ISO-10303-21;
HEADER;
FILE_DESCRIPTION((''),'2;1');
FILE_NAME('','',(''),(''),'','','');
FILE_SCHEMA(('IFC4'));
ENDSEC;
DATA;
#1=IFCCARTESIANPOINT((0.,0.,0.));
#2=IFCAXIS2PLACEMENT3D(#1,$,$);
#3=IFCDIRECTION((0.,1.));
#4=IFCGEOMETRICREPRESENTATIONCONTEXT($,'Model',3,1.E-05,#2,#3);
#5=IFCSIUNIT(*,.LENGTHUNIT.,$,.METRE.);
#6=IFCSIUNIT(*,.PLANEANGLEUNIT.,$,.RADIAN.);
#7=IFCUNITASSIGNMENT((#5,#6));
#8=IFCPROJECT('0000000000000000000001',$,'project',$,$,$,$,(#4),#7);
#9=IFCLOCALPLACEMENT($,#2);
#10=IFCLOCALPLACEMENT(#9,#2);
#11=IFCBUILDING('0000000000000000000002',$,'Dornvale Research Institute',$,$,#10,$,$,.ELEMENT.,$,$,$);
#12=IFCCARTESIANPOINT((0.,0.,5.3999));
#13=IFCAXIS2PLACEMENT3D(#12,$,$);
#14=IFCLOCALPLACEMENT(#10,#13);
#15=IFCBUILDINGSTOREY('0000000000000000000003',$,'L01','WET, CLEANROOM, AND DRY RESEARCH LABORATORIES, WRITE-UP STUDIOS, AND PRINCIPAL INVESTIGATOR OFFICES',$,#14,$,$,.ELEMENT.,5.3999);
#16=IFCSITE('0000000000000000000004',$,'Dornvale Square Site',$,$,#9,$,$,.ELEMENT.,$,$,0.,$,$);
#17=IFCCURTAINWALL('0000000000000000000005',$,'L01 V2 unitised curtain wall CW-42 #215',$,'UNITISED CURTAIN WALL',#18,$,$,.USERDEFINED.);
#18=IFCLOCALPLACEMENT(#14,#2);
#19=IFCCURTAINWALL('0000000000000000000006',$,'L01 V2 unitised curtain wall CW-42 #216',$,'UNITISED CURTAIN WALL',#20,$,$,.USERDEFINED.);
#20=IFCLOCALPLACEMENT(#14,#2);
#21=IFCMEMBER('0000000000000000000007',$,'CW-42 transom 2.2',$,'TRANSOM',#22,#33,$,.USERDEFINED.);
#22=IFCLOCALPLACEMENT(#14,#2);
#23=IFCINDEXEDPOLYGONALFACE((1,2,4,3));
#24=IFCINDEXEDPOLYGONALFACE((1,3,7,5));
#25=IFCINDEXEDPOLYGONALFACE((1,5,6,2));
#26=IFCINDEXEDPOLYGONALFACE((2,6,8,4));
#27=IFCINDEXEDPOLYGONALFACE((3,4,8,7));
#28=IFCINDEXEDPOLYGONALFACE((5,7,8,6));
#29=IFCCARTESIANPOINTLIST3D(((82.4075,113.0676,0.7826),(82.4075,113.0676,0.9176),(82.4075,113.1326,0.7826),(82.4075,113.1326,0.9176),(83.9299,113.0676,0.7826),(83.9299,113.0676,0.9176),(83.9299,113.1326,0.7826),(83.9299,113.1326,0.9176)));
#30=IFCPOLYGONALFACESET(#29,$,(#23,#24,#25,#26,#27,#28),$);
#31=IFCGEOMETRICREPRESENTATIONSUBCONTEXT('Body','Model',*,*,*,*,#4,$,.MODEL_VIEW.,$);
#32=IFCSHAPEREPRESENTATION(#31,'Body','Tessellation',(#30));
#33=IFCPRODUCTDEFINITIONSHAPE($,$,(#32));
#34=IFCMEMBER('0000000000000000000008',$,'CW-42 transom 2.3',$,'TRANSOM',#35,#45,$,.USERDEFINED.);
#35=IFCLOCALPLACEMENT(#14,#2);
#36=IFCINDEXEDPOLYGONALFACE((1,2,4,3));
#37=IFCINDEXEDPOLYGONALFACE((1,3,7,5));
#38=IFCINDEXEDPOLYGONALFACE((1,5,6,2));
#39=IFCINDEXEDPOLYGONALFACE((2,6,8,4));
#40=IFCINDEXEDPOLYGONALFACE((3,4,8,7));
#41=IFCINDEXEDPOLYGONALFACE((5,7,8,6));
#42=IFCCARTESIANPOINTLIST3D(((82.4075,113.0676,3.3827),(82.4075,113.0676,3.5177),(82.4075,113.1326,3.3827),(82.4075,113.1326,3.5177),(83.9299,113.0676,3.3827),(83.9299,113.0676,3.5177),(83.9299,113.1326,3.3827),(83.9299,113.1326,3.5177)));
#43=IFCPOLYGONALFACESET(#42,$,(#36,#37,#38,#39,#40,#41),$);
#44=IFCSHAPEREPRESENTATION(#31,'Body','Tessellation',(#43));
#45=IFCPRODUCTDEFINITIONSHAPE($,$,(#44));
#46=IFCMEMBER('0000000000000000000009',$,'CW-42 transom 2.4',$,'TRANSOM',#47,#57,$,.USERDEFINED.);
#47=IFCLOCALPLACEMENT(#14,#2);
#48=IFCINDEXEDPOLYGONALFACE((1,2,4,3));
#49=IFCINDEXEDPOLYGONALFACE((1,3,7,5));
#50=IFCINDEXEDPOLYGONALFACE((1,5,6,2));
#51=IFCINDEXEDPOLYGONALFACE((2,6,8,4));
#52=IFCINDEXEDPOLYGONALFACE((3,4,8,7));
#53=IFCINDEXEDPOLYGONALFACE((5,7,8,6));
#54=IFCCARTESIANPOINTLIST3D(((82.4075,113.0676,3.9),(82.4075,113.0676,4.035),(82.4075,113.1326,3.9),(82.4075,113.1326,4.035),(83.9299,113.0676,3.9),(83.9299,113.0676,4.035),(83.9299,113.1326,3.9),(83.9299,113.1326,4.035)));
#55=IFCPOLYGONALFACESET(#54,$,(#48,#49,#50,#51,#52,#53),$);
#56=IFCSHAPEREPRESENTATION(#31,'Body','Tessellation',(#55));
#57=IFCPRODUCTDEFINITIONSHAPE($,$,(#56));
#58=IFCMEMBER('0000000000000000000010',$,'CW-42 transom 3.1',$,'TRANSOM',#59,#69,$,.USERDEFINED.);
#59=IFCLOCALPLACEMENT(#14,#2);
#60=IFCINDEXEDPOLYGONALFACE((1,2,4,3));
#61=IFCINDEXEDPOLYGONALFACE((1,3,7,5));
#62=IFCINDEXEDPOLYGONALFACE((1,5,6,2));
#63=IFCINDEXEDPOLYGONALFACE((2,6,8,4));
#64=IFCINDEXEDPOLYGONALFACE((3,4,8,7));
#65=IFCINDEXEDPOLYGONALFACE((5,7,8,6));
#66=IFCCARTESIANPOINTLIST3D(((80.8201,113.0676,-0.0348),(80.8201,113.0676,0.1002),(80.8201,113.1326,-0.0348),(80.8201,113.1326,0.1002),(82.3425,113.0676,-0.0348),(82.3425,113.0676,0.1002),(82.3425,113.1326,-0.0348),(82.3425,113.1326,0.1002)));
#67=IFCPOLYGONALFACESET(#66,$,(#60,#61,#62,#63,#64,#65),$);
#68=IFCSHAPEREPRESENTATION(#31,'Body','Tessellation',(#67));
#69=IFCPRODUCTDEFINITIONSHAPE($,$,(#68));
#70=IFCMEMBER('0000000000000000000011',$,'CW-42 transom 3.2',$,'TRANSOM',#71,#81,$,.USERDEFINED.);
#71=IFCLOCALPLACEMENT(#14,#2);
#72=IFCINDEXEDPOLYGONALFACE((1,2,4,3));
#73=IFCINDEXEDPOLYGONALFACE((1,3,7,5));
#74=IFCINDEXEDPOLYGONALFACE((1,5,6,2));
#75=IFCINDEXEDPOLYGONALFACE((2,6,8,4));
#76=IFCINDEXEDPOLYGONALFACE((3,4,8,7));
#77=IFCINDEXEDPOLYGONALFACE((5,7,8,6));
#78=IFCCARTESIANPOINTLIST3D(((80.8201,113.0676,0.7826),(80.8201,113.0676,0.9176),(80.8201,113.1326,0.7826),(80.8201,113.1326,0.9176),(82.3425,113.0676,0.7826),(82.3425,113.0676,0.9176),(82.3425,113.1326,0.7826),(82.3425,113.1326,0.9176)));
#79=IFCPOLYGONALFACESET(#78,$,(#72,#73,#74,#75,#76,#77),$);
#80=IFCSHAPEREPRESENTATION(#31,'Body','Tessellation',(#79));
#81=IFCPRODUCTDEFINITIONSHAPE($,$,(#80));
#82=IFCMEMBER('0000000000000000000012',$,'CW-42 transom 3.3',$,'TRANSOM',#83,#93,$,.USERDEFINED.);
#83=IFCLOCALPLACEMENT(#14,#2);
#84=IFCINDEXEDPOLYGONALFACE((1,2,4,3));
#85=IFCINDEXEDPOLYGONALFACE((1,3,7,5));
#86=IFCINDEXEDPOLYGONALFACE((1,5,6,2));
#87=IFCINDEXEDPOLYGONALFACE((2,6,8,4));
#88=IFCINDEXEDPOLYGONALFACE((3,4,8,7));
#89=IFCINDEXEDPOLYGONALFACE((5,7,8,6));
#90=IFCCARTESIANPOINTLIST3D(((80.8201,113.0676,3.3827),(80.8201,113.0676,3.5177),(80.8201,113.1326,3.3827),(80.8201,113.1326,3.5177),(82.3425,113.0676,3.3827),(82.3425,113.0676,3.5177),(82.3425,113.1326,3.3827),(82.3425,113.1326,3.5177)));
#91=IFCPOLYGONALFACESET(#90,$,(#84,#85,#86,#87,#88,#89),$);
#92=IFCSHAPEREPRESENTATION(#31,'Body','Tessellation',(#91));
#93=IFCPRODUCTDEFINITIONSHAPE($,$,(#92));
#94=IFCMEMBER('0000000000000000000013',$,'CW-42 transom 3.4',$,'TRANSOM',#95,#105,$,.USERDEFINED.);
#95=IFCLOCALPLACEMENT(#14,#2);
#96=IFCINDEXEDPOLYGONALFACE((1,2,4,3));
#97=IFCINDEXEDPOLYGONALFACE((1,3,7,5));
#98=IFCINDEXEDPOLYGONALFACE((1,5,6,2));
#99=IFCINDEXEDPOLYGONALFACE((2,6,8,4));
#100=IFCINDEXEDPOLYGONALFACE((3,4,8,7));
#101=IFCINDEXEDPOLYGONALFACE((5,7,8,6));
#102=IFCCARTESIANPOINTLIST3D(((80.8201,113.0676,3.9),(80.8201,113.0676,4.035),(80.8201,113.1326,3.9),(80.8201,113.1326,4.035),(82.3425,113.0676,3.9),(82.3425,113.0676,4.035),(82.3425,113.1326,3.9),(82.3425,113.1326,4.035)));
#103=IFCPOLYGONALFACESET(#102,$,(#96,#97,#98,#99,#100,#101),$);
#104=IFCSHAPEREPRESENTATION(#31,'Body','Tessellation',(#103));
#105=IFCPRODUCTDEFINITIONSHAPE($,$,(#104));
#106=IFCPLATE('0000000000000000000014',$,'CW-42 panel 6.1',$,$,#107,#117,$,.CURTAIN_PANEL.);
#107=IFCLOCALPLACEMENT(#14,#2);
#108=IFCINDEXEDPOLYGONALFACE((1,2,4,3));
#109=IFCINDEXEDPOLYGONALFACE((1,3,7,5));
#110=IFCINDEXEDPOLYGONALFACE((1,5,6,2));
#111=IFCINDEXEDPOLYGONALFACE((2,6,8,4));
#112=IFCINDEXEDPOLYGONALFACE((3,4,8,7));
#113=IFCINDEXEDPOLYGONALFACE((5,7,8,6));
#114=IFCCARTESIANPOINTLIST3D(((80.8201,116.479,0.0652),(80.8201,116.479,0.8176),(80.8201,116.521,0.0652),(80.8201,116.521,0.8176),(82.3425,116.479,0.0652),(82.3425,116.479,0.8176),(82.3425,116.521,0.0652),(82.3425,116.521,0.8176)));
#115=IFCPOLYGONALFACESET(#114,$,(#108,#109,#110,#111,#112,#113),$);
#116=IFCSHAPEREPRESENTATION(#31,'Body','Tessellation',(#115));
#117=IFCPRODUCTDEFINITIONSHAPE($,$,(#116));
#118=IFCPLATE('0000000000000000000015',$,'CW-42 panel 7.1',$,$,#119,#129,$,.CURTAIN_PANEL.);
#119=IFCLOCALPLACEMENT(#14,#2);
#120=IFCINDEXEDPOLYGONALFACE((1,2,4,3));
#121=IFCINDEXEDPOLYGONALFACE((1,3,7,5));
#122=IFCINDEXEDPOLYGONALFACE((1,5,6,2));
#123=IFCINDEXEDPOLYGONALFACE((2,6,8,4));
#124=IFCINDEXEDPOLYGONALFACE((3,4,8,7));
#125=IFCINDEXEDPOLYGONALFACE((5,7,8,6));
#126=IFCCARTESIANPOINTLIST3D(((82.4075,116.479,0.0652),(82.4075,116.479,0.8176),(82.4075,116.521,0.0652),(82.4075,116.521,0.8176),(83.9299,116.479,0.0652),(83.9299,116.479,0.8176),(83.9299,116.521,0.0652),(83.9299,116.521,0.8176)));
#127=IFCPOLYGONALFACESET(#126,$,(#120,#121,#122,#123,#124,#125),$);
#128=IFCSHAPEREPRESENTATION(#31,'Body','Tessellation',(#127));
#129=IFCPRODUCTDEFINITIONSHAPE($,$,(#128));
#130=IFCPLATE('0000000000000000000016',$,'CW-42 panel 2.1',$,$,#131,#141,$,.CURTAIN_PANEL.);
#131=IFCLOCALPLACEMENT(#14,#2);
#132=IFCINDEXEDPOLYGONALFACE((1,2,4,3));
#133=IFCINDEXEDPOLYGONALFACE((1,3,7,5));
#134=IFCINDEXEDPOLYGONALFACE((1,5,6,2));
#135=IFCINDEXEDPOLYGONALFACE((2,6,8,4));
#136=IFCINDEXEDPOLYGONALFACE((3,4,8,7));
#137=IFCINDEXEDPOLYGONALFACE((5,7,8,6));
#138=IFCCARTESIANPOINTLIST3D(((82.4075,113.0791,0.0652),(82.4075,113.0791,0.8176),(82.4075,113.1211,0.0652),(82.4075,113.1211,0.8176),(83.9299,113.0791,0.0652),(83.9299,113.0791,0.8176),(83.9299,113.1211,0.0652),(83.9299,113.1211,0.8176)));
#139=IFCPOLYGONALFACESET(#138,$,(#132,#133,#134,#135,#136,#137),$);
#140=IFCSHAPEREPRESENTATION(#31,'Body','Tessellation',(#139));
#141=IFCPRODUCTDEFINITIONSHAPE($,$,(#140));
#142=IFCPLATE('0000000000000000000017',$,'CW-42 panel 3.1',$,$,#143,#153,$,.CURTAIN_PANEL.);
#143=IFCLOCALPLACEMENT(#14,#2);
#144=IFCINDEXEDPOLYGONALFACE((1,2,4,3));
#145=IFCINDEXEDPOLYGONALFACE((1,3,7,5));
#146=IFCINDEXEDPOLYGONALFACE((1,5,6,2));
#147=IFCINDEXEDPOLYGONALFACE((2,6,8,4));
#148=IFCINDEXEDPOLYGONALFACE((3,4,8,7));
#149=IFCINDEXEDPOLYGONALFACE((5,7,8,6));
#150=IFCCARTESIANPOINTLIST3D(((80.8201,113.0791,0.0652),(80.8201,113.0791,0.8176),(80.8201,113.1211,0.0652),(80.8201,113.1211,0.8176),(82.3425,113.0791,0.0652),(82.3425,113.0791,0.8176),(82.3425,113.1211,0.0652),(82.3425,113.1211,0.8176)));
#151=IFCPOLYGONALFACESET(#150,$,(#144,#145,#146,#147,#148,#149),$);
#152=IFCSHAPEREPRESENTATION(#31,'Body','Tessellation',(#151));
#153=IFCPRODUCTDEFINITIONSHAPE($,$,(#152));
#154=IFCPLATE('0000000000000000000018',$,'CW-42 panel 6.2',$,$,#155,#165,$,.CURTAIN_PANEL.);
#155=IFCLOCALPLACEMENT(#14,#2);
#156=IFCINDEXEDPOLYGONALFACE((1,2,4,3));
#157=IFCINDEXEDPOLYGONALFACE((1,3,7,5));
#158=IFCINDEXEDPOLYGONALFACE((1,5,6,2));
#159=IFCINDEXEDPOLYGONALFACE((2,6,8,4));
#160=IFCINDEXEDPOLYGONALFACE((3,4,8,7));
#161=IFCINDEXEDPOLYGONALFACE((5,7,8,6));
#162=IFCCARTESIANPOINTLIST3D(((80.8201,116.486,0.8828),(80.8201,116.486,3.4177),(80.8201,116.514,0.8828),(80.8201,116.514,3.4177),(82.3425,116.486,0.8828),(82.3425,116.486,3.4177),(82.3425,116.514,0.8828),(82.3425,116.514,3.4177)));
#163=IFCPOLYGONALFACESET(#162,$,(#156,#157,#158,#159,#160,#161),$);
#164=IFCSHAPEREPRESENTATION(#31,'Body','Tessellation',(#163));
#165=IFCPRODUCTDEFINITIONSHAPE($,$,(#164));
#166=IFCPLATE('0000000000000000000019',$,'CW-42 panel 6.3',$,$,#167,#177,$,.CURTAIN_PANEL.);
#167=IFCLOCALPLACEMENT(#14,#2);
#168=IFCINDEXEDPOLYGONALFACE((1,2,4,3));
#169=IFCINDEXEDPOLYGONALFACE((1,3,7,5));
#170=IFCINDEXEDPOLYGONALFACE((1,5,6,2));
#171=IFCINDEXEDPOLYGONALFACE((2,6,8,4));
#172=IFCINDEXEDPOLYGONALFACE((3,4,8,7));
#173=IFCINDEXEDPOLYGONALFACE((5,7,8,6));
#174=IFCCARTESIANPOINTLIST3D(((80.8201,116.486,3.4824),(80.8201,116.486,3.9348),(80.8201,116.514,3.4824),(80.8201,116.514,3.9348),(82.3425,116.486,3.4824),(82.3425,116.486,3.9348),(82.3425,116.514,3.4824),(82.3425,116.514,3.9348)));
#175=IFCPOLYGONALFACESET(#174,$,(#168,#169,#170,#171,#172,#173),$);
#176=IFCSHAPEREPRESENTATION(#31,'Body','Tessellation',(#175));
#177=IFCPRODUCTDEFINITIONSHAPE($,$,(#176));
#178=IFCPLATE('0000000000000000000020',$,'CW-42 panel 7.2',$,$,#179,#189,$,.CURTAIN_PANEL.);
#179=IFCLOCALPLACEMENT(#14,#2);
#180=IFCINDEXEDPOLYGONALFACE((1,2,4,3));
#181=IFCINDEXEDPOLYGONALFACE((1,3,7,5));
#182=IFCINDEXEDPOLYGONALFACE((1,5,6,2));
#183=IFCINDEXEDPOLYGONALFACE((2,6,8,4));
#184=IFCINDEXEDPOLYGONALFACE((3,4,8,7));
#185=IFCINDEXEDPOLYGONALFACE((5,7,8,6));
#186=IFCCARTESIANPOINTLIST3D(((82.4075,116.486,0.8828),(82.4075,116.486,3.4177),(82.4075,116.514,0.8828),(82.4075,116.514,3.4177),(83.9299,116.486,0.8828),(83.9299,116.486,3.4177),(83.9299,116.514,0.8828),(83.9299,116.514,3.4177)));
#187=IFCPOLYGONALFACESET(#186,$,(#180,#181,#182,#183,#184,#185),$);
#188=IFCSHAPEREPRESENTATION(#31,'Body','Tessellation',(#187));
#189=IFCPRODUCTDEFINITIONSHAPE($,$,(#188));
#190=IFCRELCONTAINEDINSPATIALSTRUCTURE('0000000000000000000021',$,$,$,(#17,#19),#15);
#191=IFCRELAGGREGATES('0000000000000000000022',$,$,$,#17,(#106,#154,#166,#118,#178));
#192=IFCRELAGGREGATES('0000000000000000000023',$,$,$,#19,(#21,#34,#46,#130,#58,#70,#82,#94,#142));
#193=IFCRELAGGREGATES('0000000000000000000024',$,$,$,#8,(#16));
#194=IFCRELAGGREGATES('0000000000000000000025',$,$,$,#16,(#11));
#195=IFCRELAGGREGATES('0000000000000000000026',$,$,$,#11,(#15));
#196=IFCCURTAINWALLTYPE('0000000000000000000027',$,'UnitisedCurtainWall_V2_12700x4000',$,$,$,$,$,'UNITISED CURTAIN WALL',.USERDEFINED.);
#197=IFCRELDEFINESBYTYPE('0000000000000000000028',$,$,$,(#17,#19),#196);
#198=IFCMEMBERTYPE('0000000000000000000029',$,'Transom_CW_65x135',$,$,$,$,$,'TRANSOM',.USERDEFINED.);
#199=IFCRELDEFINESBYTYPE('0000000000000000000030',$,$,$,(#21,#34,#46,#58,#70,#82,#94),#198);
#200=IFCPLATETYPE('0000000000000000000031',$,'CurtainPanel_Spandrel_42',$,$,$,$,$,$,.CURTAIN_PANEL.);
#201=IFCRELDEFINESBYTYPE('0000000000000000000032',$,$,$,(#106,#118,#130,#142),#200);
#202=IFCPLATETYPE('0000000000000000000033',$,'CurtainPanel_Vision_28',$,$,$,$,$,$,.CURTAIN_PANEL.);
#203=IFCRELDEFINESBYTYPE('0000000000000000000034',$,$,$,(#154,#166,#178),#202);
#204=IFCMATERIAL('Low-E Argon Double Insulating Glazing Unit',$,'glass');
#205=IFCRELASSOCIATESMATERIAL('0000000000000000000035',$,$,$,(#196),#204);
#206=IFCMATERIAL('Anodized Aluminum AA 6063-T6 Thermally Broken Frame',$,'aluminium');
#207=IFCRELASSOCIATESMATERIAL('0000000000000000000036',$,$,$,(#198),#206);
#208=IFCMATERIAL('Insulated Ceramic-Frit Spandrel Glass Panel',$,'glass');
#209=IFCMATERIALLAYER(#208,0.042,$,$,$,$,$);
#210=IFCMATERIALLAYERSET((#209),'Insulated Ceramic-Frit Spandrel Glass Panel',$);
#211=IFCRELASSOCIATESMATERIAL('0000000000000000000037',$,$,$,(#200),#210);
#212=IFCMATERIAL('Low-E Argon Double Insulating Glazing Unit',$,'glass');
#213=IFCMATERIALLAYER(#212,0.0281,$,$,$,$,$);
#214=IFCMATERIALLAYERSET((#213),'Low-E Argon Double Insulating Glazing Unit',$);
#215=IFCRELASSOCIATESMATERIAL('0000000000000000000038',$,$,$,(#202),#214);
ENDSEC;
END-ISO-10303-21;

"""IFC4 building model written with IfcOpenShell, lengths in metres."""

from ifc_helpers import new_model, si_unit, direction, frame, origin, origin_2d, place, context, subcontext, project, spatial, rectangle, extrude, material, layer, layer_set, material_profile, profile_set, type_object, element, aggregate, save


model = new_model("IFC4")

# Units and contexts
model_context = context("Model", 3, precision=1e-05, world=origin(), true_north=direction((0.0, 1.0)))
body_context = subcontext(model_context, "Body", "Model", "MODEL_VIEW")
ifc_project = project(units=[si_unit("LENGTHUNIT", "METRE"), si_unit("PLANEANGLEUNIT", "RADIAN")], contexts=[model_context])

# Site, building, storey
site_placement = place(None, origin())
site = spatial("IfcSite", under=ifc_project, at=site_placement, Name="Dornvale Square Site", CompositionType="ELEMENT", RefElevation=0.0)
building_placement = place(site_placement, origin())
building = spatial("IfcBuilding", under=site, at=building_placement, Name="Dornvale Research Institute", CompositionType="ELEMENT")
storey_placement = place(building_placement, frame((0.0, 0.0, 5.3999)))
storey = spatial("IfcBuildingStorey", under=building, at=storey_placement, Name="L01", Description="WET, CLEANROOM, AND DRY RESEARCH LABORATORIES, WRITE-UP STUDIOS, AND PRINCIPAL INVESTIGATOR OFFICES", CompositionType="ELEMENT", Elevation=5.3999)

# Curtain walls
ifc_material_1 = material(Name="Low-E Argon Double Insulating Glazing Unit", Category="glass")
curtain_wall_type = type_object("IfcCurtainWallType", Name="UnitisedCurtainWall_V2_12700x4000", ElementType="UNITISED CURTAIN WALL", PredefinedType="USERDEFINED", material=ifc_material_1)
curtain_wall_1_placement = place(storey_placement, origin())
curtain_wall_1 = element("IfcCurtainWall", 1, at=curtain_wall_1_placement, inside=storey, type_object=curtain_wall_type, Name="L01 V2 unitised curtain wall CW-42 #215", ObjectType="UNITISED CURTAIN WALL", PredefinedType="USERDEFINED")
curtain_wall_2_placement = place(storey_placement, origin())
curtain_wall_2 = element("IfcCurtainWall", 2, at=curtain_wall_2_placement, inside=storey, type_object=curtain_wall_type, Name="L01 V2 unitised curtain wall CW-42 #216", ObjectType="UNITISED CURTAIN WALL", PredefinedType="USERDEFINED")

# Members
ifc_material_2 = material(Name="Anodized Aluminum AA 6063-T6 Thermally Broken Frame", Category="aluminium")
ifc_material_profile_1 = material_profile(ifc_material_2, rectangle(XDim=0.0649, YDim=0.135, at=origin_2d()), Name="ALU TRANSOM 65x135")
ifc_profile_set_1 = profile_set([ifc_material_profile_1], Name="Anodized Aluminum AA 6063-T6 Thermally Broken Frame")
member_type_1 = type_object("IfcMemberType", Name="Transom_CW_65x135", ElementType="TRANSOM", PredefinedType="USERDEFINED", material=ifc_profile_set_1)
member_1_placement = place(storey_placement, frame((83.9299, 113.1001, 0.8501), z_axis=(-1.0, 0.0, 0.0), x_axis=(0.0, -1.0, 0.0)))
member_1 = element("IfcMember", 3, at=member_1_placement, type_object=member_type_1, Name="CW-42 transom 2.2", ObjectType="TRANSOM", PredefinedType="USERDEFINED", context=body_context, shape_type="SweptSolid", body=[
    extrude(rectangle(XDim=0.0649, YDim=0.135, at=origin_2d()), origin(), (0.0, 0.0, 1.0), 1.5225),
])
member_2_placement = place(storey_placement, frame((83.9299, 113.1001, 3.4502), z_axis=(-1.0, 0.0, 0.0), x_axis=(0.0, -1.0, 0.0)))
member_2 = element("IfcMember", 4, at=member_2_placement, type_object=member_type_1, Name="CW-42 transom 2.3", ObjectType="TRANSOM", PredefinedType="USERDEFINED", context=body_context, shape_type="SweptSolid", body=[
    extrude(rectangle(XDim=0.0649, YDim=0.135, at=origin_2d()), origin(), (0.0, 0.0, 1.0), 1.5225),
])
member_3_placement = place(storey_placement, frame((83.9299, 113.1001, 3.9675), z_axis=(-1.0, 0.0, 0.0), x_axis=(0.0, -1.0, 0.0)))
member_3 = element("IfcMember", 5, at=member_3_placement, type_object=member_type_1, Name="CW-42 transom 2.4", ObjectType="TRANSOM", PredefinedType="USERDEFINED", context=body_context, shape_type="SweptSolid", body=[
    extrude(rectangle(XDim=0.0649, YDim=0.135, at=origin_2d()), origin(), (0.0, 0.0, 1.0), 1.5225),
])
member_4_placement = place(storey_placement, frame((82.3425, 113.1001, 0.0327), z_axis=(-1.0, 0.0, 0.0), x_axis=(0.0, -1.0, 0.0)))
member_4 = element("IfcMember", 6, at=member_4_placement, type_object=member_type_1, Name="CW-42 transom 3.1", ObjectType="TRANSOM", PredefinedType="USERDEFINED", context=body_context, shape_type="SweptSolid", body=[
    extrude(rectangle(XDim=0.0649, YDim=0.135, at=origin_2d()), origin(), (0.0, 0.0, 1.0), 1.5225),
])
member_5_placement = place(storey_placement, frame((82.3425, 113.1001, 0.8501), z_axis=(-1.0, 0.0, 0.0), x_axis=(0.0, -1.0, 0.0)))
member_5 = element("IfcMember", 7, at=member_5_placement, type_object=member_type_1, Name="CW-42 transom 3.2", ObjectType="TRANSOM", PredefinedType="USERDEFINED", context=body_context, shape_type="SweptSolid", body=[
    extrude(rectangle(XDim=0.0649, YDim=0.135, at=origin_2d()), origin(), (0.0, 0.0, 1.0), 1.5225),
])
member_6_placement = place(storey_placement, frame((82.3425, 113.1001, 3.4502), z_axis=(-1.0, 0.0, 0.0), x_axis=(0.0, -1.0, 0.0)))
member_6 = element("IfcMember", 8, at=member_6_placement, type_object=member_type_1, Name="CW-42 transom 3.3", ObjectType="TRANSOM", PredefinedType="USERDEFINED", context=body_context, shape_type="SweptSolid", body=[
    extrude(rectangle(XDim=0.0649, YDim=0.135, at=origin_2d()), origin(), (0.0, 0.0, 1.0), 1.5225),
])
member_7_placement = place(storey_placement, frame((82.3425, 113.1001, 3.9675), z_axis=(-1.0, 0.0, 0.0), x_axis=(0.0, -1.0, 0.0)))
member_7 = element("IfcMember", 9, at=member_7_placement, type_object=member_type_1, Name="CW-42 transom 3.4", ObjectType="TRANSOM", PredefinedType="USERDEFINED", context=body_context, shape_type="SweptSolid", body=[
    extrude(rectangle(XDim=0.0649, YDim=0.135, at=origin_2d()), origin(), (0.0, 0.0, 1.0), 1.5225),
])

# Plates
ifc_material_3 = material(Name="Insulated Ceramic-Frit Spandrel Glass Panel", Category="glass")
ifc_layer_1 = layer(ifc_material_3, 0.042)
ifc_layer_set_1 = layer_set([ifc_layer_1], Name="Insulated Ceramic-Frit Spandrel Glass Panel")
plate_type_1 = type_object("IfcPlateType", Name="CurtainPanel_Spandrel_42", PredefinedType="CURTAIN_PANEL", material=ifc_layer_set_1)
plate_1_placement = place(storey_placement, frame((81.5813, 116.5, 0.0652), z_axis=(0.0, 0.0, 1.0), x_axis=(1.0, 0.0, 0.0)))
plate_1 = element("IfcPlate", 10, at=plate_1_placement, type_object=plate_type_1, Name="CW-42 panel 6.1", PredefinedType="CURTAIN_PANEL", context=body_context, shape_type="SweptSolid", body=[
    extrude(rectangle(XDim=1.5225, YDim=0.042, at=origin_2d()), origin(), (0.0, 0.0, 1.0), 0.7524),
])
plate_2_placement = place(storey_placement, frame((83.1687, 116.5, 0.0652), z_axis=(0.0, 0.0, 1.0), x_axis=(1.0, 0.0, 0.0)))
plate_2 = element("IfcPlate", 11, at=plate_2_placement, type_object=plate_type_1, Name="CW-42 panel 7.1", PredefinedType="CURTAIN_PANEL", context=body_context, shape_type="SweptSolid", body=[
    extrude(rectangle(XDim=1.5225, YDim=0.042, at=origin_2d()), origin(), (0.0, 0.0, 1.0), 0.7524),
])
plate_3_placement = place(storey_placement, frame((83.1687, 113.1001, 0.0652), z_axis=(0.0, 0.0, 1.0), x_axis=(-1.0, 0.0, 0.0)))
plate_3 = element("IfcPlate", 12, at=plate_3_placement, type_object=plate_type_1, Name="CW-42 panel 2.1", PredefinedType="CURTAIN_PANEL", context=body_context, shape_type="SweptSolid", body=[
    extrude(rectangle(XDim=1.5225, YDim=0.042, at=origin_2d()), origin(), (0.0, 0.0, 1.0), 0.7524),
])
plate_4_placement = place(storey_placement, frame((81.5813, 113.1001, 0.0652), z_axis=(0.0, 0.0, 1.0), x_axis=(-1.0, 0.0, 0.0)))
plate_4 = element("IfcPlate", 13, at=plate_4_placement, type_object=plate_type_1, Name="CW-42 panel 3.1", PredefinedType="CURTAIN_PANEL", context=body_context, shape_type="SweptSolid", body=[
    extrude(rectangle(XDim=1.5225, YDim=0.042, at=origin_2d()), origin(), (0.0, 0.0, 1.0), 0.7524),
])
ifc_material_4 = material(Name="Low-E Argon Double Insulating Glazing Unit", Category="glass")
ifc_layer_2 = layer(ifc_material_4, 0.0281)
ifc_layer_set_2 = layer_set([ifc_layer_2], Name="Low-E Argon Double Insulating Glazing Unit")
plate_type_2 = type_object("IfcPlateType", Name="CurtainPanel_Vision_28", PredefinedType="CURTAIN_PANEL", material=ifc_layer_set_2)
plate_5_placement = place(storey_placement, frame((81.5813, 116.5, 0.8828), z_axis=(0.0, 0.0, 1.0), x_axis=(1.0, 0.0, 0.0)))
plate_5 = element("IfcPlate", 14, at=plate_5_placement, type_object=plate_type_2, Name="CW-42 panel 6.2", PredefinedType="CURTAIN_PANEL", context=body_context, shape_type="SweptSolid", body=[
    extrude(rectangle(XDim=1.5225, YDim=0.0281, at=origin_2d()), origin(), (0.0, 0.0, 1.0), 2.5349),
])
plate_6_placement = place(storey_placement, frame((81.5813, 116.5, 3.4824), z_axis=(0.0, 0.0, 1.0), x_axis=(1.0, 0.0, 0.0)))
plate_6 = element("IfcPlate", 15, at=plate_6_placement, type_object=plate_type_2, Name="CW-42 panel 6.3", PredefinedType="CURTAIN_PANEL", context=body_context, shape_type="SweptSolid", body=[
    extrude(rectangle(XDim=1.5225, YDim=0.0281, at=origin_2d()), origin(), (0.0, 0.0, 1.0), 0.4524),
])
plate_7_placement = place(storey_placement, frame((83.1687, 116.5, 0.8828), z_axis=(0.0, 0.0, 1.0), x_axis=(1.0, 0.0, 0.0)))
plate_7 = element("IfcPlate", 16, at=plate_7_placement, type_object=plate_type_2, Name="CW-42 panel 7.2", PredefinedType="CURTAIN_PANEL", context=body_context, shape_type="SweptSolid", body=[
    extrude(rectangle(XDim=1.5225, YDim=0.0281, at=origin_2d()), origin(), (0.0, 0.0, 1.0), 2.5349),
])
aggregate(curtain_wall_1, [plate_1, plate_5, plate_6, plate_2, plate_7])
aggregate(curtain_wall_2, [member_1, member_2, member_3, plate_3, member_4, member_5, member_6, member_7, plate_4])

save(model, "model.ifc")
